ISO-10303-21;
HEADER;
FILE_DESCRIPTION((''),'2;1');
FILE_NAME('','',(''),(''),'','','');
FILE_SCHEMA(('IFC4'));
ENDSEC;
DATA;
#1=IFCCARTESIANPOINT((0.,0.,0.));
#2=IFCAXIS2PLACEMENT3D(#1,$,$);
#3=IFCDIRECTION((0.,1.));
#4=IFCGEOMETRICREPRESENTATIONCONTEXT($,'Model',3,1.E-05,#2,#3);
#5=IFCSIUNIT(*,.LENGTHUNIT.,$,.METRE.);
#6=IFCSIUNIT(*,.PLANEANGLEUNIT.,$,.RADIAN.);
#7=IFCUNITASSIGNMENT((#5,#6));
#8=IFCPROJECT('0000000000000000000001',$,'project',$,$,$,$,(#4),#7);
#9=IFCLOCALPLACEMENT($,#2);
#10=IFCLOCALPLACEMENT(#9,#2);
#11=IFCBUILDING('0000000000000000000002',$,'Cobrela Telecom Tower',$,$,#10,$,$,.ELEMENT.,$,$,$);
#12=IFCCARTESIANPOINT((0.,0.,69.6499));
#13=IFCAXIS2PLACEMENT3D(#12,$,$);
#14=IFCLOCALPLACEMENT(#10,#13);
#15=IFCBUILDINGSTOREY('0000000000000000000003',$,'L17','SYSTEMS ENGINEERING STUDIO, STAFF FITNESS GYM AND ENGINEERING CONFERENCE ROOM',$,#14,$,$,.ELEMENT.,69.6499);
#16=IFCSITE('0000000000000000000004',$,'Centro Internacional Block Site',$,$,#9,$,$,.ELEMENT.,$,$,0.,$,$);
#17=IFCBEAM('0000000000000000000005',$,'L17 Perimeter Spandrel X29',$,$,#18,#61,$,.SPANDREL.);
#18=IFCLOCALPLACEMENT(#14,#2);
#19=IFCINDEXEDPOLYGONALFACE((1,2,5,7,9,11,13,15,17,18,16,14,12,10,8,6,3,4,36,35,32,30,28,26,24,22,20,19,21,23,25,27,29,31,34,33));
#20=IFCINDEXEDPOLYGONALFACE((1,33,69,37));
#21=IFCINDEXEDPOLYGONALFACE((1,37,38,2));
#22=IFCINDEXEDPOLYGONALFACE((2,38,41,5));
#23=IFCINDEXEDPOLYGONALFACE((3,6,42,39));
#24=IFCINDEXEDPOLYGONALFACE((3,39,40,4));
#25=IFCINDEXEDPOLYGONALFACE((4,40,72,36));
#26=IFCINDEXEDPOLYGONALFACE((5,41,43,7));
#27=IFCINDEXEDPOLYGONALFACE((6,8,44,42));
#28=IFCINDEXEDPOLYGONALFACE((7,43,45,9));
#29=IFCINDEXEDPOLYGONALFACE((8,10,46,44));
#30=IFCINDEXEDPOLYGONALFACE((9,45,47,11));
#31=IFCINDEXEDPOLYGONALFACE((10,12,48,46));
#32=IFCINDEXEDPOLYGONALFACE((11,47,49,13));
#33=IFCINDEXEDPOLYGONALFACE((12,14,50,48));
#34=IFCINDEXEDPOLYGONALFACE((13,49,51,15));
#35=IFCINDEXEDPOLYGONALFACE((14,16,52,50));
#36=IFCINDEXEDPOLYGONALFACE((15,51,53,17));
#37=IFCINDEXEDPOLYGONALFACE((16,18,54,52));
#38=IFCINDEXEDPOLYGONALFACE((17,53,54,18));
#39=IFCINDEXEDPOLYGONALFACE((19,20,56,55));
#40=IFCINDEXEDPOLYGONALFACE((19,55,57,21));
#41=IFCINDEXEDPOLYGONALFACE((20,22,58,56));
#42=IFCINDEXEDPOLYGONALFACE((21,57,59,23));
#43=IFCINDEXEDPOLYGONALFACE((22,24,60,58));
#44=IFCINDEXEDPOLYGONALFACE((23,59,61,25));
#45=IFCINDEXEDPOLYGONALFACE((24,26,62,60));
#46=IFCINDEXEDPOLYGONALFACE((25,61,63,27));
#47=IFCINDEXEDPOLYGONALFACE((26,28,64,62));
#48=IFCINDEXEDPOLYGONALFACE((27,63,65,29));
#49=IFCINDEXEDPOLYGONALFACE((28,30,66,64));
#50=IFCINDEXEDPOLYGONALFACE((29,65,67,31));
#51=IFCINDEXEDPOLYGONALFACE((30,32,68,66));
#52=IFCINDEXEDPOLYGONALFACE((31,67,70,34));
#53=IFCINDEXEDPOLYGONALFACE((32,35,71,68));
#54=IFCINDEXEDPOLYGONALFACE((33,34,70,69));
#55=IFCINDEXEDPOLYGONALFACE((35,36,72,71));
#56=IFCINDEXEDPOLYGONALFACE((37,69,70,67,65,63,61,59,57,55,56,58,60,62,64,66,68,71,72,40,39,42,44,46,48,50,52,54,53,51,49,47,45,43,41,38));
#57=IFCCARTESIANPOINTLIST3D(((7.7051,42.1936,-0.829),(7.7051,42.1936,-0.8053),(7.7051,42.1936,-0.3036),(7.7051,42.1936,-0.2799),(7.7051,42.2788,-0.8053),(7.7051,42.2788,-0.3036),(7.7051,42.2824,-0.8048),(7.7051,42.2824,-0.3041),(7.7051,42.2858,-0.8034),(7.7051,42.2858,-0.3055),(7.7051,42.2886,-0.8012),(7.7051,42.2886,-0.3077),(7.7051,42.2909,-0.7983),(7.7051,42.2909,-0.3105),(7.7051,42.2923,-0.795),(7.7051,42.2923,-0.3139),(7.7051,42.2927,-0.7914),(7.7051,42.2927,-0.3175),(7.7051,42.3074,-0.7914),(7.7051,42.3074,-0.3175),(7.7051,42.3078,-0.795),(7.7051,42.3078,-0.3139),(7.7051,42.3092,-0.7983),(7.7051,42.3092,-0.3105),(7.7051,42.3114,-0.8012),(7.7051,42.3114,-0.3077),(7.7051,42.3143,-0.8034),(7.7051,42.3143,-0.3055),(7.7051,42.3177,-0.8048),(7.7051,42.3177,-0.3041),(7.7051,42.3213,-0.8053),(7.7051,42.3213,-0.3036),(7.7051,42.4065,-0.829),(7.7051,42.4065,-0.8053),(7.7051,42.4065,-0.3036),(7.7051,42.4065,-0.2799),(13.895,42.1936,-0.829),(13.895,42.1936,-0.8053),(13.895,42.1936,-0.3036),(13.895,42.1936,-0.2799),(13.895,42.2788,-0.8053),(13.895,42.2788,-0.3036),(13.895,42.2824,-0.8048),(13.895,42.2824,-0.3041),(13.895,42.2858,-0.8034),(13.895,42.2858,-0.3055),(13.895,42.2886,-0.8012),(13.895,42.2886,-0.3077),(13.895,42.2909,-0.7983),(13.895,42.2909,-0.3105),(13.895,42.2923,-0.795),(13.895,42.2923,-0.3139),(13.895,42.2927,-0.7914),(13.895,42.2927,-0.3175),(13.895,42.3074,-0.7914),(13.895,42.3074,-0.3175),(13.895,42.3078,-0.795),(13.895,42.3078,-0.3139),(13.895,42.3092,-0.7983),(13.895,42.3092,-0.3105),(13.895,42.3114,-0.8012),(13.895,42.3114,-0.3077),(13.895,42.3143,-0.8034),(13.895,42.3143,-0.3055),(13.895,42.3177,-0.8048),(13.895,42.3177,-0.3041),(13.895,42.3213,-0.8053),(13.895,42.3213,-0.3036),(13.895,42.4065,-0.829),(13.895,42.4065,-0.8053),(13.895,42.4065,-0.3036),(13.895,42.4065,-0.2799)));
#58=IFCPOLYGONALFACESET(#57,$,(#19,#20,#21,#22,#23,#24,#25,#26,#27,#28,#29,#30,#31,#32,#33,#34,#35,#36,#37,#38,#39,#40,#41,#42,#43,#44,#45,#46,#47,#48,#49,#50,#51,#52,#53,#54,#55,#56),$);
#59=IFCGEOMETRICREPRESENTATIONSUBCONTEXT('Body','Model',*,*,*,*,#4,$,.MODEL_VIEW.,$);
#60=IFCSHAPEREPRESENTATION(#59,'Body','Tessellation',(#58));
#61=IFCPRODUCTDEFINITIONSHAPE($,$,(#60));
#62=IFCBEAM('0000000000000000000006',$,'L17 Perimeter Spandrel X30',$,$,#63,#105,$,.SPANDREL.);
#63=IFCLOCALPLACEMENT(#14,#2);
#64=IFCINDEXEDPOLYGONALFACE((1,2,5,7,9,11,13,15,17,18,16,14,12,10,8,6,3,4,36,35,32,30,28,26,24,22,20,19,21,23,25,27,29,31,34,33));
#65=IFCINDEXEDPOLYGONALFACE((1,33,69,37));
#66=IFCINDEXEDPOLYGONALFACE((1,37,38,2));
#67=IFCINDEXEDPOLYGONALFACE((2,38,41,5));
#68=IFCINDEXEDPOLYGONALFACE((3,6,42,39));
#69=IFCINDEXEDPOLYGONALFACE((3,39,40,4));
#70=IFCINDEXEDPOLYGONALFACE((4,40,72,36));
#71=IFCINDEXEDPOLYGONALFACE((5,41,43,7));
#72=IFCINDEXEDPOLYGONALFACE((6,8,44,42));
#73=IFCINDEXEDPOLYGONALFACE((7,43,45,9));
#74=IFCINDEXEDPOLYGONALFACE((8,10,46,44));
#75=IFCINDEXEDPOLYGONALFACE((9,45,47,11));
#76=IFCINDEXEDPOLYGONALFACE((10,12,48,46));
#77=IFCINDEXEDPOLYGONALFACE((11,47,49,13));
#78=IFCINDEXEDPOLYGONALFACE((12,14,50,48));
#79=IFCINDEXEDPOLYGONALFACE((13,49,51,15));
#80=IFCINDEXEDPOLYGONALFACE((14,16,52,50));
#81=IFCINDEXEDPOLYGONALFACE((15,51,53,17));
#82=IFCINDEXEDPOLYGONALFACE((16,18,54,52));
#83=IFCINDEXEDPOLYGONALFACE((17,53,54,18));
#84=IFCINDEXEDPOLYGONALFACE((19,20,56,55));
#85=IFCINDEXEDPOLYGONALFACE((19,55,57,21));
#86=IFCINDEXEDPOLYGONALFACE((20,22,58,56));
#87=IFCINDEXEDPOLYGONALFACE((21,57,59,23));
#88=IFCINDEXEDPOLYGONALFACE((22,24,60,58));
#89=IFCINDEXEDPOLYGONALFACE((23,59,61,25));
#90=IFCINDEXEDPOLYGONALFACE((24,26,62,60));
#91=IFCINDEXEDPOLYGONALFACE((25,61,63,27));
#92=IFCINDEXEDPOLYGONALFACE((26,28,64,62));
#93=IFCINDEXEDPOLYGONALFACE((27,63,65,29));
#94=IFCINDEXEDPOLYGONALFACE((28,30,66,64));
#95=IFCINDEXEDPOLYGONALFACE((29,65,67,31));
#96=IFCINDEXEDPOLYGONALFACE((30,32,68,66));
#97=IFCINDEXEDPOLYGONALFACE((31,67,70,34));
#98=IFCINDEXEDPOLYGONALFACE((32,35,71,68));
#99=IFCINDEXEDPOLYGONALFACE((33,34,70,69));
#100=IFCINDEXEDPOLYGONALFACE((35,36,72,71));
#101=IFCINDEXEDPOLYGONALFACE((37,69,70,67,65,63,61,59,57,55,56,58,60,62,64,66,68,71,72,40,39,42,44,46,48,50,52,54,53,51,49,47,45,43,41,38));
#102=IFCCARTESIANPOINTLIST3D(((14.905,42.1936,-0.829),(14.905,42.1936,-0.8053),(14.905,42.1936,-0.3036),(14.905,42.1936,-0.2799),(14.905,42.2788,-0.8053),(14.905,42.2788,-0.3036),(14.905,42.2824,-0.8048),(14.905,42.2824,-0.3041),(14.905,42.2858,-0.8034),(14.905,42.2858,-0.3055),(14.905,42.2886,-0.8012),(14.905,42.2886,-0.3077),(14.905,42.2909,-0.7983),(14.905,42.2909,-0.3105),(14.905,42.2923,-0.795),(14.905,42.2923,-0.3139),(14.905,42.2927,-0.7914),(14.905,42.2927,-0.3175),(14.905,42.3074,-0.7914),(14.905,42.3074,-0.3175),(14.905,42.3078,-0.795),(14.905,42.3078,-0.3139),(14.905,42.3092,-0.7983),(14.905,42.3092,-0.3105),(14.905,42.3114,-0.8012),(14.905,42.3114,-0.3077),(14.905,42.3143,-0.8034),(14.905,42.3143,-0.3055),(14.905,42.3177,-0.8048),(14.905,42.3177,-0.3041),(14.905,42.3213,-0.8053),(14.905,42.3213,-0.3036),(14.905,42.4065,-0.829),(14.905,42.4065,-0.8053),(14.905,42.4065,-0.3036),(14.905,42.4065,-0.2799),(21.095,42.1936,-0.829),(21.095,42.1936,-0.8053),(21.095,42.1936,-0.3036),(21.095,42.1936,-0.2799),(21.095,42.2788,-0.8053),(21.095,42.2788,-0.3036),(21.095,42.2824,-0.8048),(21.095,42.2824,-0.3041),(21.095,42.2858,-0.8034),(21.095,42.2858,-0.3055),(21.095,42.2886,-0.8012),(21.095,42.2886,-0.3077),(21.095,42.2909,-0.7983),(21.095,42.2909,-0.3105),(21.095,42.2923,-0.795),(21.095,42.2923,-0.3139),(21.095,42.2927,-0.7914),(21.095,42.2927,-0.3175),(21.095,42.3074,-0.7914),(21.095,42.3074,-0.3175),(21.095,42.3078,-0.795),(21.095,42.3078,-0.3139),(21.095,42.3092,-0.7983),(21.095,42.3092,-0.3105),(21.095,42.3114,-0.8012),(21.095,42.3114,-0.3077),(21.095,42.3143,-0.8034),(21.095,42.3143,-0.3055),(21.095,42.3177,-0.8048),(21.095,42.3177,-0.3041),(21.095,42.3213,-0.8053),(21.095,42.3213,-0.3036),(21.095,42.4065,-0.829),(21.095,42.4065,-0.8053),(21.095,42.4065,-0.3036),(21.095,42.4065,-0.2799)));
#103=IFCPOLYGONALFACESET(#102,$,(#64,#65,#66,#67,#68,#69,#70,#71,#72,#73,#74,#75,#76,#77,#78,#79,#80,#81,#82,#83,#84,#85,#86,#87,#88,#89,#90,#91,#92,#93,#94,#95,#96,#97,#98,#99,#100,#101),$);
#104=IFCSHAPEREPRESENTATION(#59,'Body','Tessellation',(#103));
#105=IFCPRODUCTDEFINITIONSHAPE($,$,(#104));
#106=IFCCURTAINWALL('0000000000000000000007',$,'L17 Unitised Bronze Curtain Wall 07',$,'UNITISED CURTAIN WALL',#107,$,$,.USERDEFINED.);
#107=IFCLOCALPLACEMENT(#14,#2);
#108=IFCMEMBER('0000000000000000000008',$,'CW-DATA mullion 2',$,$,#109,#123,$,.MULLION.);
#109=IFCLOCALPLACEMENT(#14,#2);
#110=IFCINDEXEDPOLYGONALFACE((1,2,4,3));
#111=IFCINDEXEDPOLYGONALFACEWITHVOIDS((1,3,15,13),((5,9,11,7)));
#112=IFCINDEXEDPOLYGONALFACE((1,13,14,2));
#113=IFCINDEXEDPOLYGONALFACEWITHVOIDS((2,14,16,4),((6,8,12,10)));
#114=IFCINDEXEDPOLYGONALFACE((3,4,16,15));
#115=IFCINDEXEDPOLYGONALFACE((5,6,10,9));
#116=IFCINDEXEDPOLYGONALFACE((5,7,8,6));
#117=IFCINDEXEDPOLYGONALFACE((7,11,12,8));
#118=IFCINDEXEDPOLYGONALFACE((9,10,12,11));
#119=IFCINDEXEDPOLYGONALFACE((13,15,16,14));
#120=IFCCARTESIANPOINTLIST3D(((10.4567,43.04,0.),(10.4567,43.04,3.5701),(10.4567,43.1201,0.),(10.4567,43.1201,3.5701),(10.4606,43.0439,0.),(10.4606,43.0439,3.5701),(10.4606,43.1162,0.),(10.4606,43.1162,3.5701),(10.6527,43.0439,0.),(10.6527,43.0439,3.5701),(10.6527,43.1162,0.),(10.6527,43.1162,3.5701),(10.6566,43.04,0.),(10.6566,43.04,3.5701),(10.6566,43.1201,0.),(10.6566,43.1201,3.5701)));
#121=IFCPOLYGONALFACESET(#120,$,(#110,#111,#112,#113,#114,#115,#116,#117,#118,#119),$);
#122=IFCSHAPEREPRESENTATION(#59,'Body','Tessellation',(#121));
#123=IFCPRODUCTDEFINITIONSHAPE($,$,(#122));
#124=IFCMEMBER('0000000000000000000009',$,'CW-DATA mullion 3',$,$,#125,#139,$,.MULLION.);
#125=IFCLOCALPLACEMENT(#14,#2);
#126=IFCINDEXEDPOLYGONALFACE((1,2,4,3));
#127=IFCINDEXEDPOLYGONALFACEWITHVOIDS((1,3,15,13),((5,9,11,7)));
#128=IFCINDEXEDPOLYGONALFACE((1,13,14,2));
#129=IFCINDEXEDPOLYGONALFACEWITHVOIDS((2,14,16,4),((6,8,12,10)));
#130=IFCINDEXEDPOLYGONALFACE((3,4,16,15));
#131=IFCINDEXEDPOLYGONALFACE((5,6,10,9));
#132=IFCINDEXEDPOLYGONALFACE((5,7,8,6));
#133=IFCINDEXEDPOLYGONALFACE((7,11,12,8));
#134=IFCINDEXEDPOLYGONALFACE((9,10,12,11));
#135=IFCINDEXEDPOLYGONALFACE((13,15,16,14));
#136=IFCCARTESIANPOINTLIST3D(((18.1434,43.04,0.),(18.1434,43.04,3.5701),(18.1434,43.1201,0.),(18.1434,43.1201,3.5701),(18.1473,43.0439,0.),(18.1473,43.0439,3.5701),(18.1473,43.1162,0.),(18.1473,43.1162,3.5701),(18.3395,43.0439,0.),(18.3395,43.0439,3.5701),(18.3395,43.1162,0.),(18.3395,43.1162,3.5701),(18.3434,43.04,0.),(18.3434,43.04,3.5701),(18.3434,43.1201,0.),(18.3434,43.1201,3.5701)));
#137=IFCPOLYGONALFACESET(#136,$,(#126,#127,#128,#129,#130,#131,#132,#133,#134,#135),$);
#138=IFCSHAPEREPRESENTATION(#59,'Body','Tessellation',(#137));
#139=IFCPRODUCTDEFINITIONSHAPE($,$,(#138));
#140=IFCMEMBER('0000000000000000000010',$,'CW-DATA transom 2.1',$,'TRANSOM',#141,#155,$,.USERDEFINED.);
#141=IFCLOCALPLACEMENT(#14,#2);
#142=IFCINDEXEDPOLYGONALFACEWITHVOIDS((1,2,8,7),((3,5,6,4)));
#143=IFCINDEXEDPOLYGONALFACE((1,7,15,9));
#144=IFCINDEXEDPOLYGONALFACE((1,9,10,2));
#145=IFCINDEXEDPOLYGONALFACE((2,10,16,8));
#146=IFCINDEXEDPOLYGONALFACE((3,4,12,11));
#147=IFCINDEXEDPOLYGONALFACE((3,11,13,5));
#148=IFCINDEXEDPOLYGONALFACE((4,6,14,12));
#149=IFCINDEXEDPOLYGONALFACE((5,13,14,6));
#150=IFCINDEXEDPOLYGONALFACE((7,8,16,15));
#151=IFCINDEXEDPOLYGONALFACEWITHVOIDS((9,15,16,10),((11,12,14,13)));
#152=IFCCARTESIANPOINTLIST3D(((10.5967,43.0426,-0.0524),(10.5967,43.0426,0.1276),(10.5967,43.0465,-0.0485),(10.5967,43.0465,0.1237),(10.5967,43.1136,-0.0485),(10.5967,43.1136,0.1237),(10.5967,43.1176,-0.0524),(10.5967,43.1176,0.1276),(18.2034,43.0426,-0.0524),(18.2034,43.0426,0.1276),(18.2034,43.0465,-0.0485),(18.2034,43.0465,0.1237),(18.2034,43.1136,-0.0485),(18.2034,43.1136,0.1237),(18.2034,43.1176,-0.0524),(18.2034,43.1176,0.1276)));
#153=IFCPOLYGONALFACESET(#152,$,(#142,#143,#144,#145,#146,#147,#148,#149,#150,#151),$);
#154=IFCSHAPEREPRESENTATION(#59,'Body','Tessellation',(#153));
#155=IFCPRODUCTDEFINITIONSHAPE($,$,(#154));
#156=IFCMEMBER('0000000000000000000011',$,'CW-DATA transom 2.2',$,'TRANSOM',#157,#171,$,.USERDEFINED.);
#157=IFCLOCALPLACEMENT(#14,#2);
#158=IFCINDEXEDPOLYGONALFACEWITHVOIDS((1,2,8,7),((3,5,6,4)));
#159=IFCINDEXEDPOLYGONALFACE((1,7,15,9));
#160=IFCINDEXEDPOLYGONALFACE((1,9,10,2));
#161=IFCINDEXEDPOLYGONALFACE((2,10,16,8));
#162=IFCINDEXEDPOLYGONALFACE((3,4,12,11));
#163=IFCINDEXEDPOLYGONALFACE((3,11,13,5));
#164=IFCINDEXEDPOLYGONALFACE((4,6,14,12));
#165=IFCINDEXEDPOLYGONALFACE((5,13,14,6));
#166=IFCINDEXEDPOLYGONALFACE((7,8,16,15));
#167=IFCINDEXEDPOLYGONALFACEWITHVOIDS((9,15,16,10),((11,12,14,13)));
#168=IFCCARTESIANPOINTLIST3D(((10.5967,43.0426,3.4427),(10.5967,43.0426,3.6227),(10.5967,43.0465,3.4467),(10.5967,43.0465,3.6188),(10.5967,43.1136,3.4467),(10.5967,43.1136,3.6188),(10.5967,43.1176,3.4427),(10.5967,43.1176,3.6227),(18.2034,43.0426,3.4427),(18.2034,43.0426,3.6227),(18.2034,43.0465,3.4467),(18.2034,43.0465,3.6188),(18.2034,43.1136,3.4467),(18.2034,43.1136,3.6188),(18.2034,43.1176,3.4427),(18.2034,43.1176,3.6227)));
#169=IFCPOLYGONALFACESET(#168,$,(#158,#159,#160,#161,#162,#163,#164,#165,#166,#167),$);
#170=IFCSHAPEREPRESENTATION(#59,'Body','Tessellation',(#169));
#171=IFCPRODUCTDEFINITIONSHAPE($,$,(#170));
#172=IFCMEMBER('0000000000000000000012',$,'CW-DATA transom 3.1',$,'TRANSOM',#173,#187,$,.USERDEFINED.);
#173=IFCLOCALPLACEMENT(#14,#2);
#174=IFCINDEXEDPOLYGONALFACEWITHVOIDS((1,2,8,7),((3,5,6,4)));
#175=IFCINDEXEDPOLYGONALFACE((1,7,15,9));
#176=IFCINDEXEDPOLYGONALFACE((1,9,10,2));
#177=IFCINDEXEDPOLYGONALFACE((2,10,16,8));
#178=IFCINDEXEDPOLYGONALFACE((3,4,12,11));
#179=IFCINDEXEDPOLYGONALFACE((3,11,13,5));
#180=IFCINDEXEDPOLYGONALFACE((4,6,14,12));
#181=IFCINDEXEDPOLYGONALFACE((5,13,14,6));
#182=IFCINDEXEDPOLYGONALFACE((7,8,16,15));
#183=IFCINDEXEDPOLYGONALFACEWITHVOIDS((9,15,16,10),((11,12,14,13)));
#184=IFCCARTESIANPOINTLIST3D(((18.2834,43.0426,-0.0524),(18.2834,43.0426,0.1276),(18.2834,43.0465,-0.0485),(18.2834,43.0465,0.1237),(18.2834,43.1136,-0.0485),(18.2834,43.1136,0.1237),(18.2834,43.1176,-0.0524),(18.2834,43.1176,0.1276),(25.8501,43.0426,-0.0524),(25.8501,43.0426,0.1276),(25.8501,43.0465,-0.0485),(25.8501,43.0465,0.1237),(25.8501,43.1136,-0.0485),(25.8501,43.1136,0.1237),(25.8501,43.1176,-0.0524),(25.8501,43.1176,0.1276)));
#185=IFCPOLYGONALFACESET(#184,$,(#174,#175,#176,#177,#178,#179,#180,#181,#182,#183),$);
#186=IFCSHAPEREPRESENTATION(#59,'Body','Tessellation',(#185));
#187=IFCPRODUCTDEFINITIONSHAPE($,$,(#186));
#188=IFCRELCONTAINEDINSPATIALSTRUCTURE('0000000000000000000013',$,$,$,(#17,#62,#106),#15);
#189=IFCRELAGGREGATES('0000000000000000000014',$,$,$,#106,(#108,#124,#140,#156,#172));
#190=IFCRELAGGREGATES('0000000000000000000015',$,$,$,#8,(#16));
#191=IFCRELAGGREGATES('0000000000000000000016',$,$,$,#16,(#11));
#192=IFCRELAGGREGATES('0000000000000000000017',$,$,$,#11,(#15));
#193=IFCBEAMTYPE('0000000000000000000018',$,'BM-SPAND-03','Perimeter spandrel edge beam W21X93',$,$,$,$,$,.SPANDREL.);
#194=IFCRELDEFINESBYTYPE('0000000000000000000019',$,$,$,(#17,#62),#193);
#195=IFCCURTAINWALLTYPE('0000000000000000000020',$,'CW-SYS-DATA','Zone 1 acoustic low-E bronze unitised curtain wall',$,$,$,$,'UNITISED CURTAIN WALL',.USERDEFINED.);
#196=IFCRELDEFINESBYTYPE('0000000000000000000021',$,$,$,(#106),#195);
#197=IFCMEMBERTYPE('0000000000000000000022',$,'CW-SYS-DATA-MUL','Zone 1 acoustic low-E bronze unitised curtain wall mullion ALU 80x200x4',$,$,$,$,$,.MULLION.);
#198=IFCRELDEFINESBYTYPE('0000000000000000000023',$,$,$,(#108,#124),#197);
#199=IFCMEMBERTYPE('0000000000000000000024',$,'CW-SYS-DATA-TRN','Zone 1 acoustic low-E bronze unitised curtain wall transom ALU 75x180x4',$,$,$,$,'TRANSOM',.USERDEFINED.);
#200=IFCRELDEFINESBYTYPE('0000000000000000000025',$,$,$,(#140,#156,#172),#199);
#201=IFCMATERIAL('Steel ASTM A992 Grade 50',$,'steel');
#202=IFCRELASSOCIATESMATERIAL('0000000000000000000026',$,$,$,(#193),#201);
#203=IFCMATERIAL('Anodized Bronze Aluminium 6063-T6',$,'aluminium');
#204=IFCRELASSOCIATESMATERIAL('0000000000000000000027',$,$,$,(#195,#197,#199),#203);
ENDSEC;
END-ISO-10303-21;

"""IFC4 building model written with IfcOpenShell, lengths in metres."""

from ifc_helpers import new_model, si_unit, direction, frame, origin, origin_2d, place, context, subcontext, project, spatial, hollow_rectangle, i_section, extrude, material, material_profile, profile_set, type_object, element, aggregate, save


model = new_model("IFC4")

# Units and contexts
model_context = context("Model", 3, precision=1e-05, world=origin(), true_north=direction((0.0, 1.0)))
body_context = subcontext(model_context, "Body", "Model", "MODEL_VIEW")
ifc_project = project(units=[si_unit("LENGTHUNIT", "METRE"), si_unit("PLANEANGLEUNIT", "RADIAN")], contexts=[model_context])

# Site, building, storey
site_placement = place(None, origin())
site = spatial("IfcSite", under=ifc_project, at=site_placement, Name="Centro Internacional Block Site", CompositionType="ELEMENT", RefElevation=0.0)
building_placement = place(site_placement, origin())
building = spatial("IfcBuilding", under=site, at=building_placement, Name="Cobrela Telecom Tower", CompositionType="ELEMENT")
storey_placement = place(building_placement, frame((0.0, 0.0, 69.6499)))
storey = spatial("IfcBuildingStorey", under=building, at=storey_placement, Name="L17", Description="SYSTEMS ENGINEERING STUDIO, STAFF FITNESS GYM AND ENGINEERING CONFERENCE ROOM", CompositionType="ELEMENT", Elevation=69.6499)

# Beams
ifc_material_1 = material(Name="Steel ASTM A992 Grade 50", Category="steel")
ifc_material_profile_1 = material_profile(ifc_material_1, i_section(OverallWidth=0.2129, OverallDepth=0.5491, WebThickness=0.0146, FlangeThickness=0.0237, FilletRadius=0.0139, at=origin_2d()), Name="W21X93")
ifc_profile_set_1 = profile_set([ifc_material_profile_1], Name="Steel ASTM A992 Grade 50")
beam_type_1 = type_object("IfcBeamType", Name="BM-SPAND-03", Description="Perimeter spandrel edge beam W21X93", PredefinedType="SPANDREL", material=ifc_profile_set_1)
for number, where, z_axis, x_axis, name in (
    (1, (7.7051, 42.3, -0.5544), (1.0, 0.0, 0.0), (0.0, 1.0, 0.0), "L17 Perimeter Spandrel X29"),
    (2, (14.905, 42.3, -0.5544), (1.0, 0.0, 0.0), (0.0, 1.0, 0.0), "L17 Perimeter Spandrel X30"),
):
    element("IfcBeam", number, at=place(storey_placement, frame(where, z_axis=z_axis, x_axis=x_axis)), inside=storey, type_object=beam_type_1, Name=name, PredefinedType="SPANDREL", context=body_context, shape_type="SweptSolid", body=[
        extrude(i_section(OverallWidth=0.2129, OverallDepth=0.5491, WebThickness=0.0146, FlangeThickness=0.0237, FilletRadius=0.0139, at=origin_2d()), origin(), (0.0, 0.0, 1.0), 6.1899),
    ])

# Curtain wall, members
ifc_material_2 = material(Name="Anodized Bronze Aluminium 6063-T6", Category="aluminium")
curtain_wall_type = type_object("IfcCurtainWallType", Name="CW-SYS-DATA", Description="Zone 1 acoustic low-E bronze unitised curtain wall", ElementType="UNITISED CURTAIN WALL", PredefinedType="USERDEFINED", material=ifc_material_2)
curtain_wall_placement = place(storey_placement, origin())
curtain_wall = element("IfcCurtainWall", 3, at=curtain_wall_placement, inside=storey, type_object=curtain_wall_type, Name="L17 Unitised Bronze Curtain Wall 07", ObjectType="UNITISED CURTAIN WALL", PredefinedType="USERDEFINED")
ifc_material_profile_2 = material_profile(ifc_material_2, hollow_rectangle(XDim=0.0801, YDim=0.2, WallThickness=0.0039, at=origin_2d()), Name="ALU 80x200x4")
ifc_profile_set_2 = profile_set([ifc_material_profile_2], Name="Anodized Bronze Aluminium 6063-T6")
member_type_1 = type_object("IfcMemberType", Name="CW-SYS-DATA-MUL", Description="Zone 1 acoustic low-E bronze unitised curtain wall mullion ALU 80x200x4", PredefinedType="MULLION", material=ifc_profile_set_2)
member_1_placement = place(storey_placement, frame((10.5566, 43.0801, 0.0), z_axis=(0.0, 0.0, 1.0), x_axis=(0.0, 1.0, 0.0)))
member_1 = element("IfcMember", 4, at=member_1_placement, type_object=member_type_1, Name="CW-DATA mullion 2", PredefinedType="MULLION", context=body_context, shape_type="SweptSolid", body=[
    extrude(hollow_rectangle(XDim=0.0801, YDim=0.2, WallThickness=0.0039, at=origin_2d()), origin(), (0.0, 0.0, 1.0), 3.5701),
])
member_2_placement = place(storey_placement, frame((18.2434, 43.0801, 0.0), z_axis=(0.0, 0.0, 1.0), x_axis=(0.0, 1.0, 0.0)))
member_2 = element("IfcMember", 5, at=member_2_placement, type_object=member_type_1, Name="CW-DATA mullion 3", PredefinedType="MULLION", context=body_context, shape_type="SweptSolid", body=[
    extrude(hollow_rectangle(XDim=0.0801, YDim=0.2, WallThickness=0.0039, at=origin_2d()), origin(), (0.0, 0.0, 1.0), 3.5701),
])
ifc_material_profile_3 = material_profile(ifc_material_2, hollow_rectangle(XDim=0.075, YDim=0.1799, WallThickness=0.0039, at=origin_2d()), Name="ALU 75x180x4")
ifc_profile_set_3 = profile_set([ifc_material_profile_3], Name="Anodized Bronze Aluminium 6063-T6")
member_type_2 = type_object("IfcMemberType", Name="CW-SYS-DATA-TRN", Description="Zone 1 acoustic low-E bronze unitised curtain wall transom ALU 75x180x4", ElementType="TRANSOM", PredefinedType="USERDEFINED", material=ifc_profile_set_3)
member_3_placement = place(storey_placement, frame((10.5967, 43.0801, 0.0376), z_axis=(1.0, 0.0, 0.0), x_axis=(0.0, 1.0, 0.0)))
member_3 = element("IfcMember", 6, at=member_3_placement, type_object=member_type_2, Name="CW-DATA transom 2.1", ObjectType="TRANSOM", PredefinedType="USERDEFINED", context=body_context, shape_type="SweptSolid", body=[
    extrude(hollow_rectangle(XDim=0.075, YDim=0.1799, WallThickness=0.0039, at=origin_2d()), origin(), (0.0, 0.0, 1.0), 7.6067),
])
member_4_placement = place(storey_placement, frame((10.5967, 43.0801, 3.5327), z_axis=(1.0, 0.0, 0.0), x_axis=(0.0, 1.0, 0.0)))
member_4 = element("IfcMember", 7, at=member_4_placement, type_object=member_type_2, Name="CW-DATA transom 2.2", ObjectType="TRANSOM", PredefinedType="USERDEFINED", context=body_context, shape_type="SweptSolid", body=[
    extrude(hollow_rectangle(XDim=0.075, YDim=0.1799, WallThickness=0.0039, at=origin_2d()), origin(), (0.0, 0.0, 1.0), 7.6067),
])
member_5_placement = place(storey_placement, frame((18.2834, 43.0801, 0.0376), z_axis=(1.0, 0.0, 0.0), x_axis=(0.0, 1.0, 0.0)))
member_5 = element("IfcMember", 8, at=member_5_placement, type_object=member_type_2, Name="CW-DATA transom 3.1", ObjectType="TRANSOM", PredefinedType="USERDEFINED", context=body_context, shape_type="SweptSolid", body=[
    extrude(hollow_rectangle(XDim=0.075, YDim=0.1799, WallThickness=0.0039, at=origin_2d()), origin(), (0.0, 0.0, 1.0), 7.5667),
])
aggregate(curtain_wall, [member_1, member_2, member_3, member_4, member_5])

save(model, "model.ifc")
